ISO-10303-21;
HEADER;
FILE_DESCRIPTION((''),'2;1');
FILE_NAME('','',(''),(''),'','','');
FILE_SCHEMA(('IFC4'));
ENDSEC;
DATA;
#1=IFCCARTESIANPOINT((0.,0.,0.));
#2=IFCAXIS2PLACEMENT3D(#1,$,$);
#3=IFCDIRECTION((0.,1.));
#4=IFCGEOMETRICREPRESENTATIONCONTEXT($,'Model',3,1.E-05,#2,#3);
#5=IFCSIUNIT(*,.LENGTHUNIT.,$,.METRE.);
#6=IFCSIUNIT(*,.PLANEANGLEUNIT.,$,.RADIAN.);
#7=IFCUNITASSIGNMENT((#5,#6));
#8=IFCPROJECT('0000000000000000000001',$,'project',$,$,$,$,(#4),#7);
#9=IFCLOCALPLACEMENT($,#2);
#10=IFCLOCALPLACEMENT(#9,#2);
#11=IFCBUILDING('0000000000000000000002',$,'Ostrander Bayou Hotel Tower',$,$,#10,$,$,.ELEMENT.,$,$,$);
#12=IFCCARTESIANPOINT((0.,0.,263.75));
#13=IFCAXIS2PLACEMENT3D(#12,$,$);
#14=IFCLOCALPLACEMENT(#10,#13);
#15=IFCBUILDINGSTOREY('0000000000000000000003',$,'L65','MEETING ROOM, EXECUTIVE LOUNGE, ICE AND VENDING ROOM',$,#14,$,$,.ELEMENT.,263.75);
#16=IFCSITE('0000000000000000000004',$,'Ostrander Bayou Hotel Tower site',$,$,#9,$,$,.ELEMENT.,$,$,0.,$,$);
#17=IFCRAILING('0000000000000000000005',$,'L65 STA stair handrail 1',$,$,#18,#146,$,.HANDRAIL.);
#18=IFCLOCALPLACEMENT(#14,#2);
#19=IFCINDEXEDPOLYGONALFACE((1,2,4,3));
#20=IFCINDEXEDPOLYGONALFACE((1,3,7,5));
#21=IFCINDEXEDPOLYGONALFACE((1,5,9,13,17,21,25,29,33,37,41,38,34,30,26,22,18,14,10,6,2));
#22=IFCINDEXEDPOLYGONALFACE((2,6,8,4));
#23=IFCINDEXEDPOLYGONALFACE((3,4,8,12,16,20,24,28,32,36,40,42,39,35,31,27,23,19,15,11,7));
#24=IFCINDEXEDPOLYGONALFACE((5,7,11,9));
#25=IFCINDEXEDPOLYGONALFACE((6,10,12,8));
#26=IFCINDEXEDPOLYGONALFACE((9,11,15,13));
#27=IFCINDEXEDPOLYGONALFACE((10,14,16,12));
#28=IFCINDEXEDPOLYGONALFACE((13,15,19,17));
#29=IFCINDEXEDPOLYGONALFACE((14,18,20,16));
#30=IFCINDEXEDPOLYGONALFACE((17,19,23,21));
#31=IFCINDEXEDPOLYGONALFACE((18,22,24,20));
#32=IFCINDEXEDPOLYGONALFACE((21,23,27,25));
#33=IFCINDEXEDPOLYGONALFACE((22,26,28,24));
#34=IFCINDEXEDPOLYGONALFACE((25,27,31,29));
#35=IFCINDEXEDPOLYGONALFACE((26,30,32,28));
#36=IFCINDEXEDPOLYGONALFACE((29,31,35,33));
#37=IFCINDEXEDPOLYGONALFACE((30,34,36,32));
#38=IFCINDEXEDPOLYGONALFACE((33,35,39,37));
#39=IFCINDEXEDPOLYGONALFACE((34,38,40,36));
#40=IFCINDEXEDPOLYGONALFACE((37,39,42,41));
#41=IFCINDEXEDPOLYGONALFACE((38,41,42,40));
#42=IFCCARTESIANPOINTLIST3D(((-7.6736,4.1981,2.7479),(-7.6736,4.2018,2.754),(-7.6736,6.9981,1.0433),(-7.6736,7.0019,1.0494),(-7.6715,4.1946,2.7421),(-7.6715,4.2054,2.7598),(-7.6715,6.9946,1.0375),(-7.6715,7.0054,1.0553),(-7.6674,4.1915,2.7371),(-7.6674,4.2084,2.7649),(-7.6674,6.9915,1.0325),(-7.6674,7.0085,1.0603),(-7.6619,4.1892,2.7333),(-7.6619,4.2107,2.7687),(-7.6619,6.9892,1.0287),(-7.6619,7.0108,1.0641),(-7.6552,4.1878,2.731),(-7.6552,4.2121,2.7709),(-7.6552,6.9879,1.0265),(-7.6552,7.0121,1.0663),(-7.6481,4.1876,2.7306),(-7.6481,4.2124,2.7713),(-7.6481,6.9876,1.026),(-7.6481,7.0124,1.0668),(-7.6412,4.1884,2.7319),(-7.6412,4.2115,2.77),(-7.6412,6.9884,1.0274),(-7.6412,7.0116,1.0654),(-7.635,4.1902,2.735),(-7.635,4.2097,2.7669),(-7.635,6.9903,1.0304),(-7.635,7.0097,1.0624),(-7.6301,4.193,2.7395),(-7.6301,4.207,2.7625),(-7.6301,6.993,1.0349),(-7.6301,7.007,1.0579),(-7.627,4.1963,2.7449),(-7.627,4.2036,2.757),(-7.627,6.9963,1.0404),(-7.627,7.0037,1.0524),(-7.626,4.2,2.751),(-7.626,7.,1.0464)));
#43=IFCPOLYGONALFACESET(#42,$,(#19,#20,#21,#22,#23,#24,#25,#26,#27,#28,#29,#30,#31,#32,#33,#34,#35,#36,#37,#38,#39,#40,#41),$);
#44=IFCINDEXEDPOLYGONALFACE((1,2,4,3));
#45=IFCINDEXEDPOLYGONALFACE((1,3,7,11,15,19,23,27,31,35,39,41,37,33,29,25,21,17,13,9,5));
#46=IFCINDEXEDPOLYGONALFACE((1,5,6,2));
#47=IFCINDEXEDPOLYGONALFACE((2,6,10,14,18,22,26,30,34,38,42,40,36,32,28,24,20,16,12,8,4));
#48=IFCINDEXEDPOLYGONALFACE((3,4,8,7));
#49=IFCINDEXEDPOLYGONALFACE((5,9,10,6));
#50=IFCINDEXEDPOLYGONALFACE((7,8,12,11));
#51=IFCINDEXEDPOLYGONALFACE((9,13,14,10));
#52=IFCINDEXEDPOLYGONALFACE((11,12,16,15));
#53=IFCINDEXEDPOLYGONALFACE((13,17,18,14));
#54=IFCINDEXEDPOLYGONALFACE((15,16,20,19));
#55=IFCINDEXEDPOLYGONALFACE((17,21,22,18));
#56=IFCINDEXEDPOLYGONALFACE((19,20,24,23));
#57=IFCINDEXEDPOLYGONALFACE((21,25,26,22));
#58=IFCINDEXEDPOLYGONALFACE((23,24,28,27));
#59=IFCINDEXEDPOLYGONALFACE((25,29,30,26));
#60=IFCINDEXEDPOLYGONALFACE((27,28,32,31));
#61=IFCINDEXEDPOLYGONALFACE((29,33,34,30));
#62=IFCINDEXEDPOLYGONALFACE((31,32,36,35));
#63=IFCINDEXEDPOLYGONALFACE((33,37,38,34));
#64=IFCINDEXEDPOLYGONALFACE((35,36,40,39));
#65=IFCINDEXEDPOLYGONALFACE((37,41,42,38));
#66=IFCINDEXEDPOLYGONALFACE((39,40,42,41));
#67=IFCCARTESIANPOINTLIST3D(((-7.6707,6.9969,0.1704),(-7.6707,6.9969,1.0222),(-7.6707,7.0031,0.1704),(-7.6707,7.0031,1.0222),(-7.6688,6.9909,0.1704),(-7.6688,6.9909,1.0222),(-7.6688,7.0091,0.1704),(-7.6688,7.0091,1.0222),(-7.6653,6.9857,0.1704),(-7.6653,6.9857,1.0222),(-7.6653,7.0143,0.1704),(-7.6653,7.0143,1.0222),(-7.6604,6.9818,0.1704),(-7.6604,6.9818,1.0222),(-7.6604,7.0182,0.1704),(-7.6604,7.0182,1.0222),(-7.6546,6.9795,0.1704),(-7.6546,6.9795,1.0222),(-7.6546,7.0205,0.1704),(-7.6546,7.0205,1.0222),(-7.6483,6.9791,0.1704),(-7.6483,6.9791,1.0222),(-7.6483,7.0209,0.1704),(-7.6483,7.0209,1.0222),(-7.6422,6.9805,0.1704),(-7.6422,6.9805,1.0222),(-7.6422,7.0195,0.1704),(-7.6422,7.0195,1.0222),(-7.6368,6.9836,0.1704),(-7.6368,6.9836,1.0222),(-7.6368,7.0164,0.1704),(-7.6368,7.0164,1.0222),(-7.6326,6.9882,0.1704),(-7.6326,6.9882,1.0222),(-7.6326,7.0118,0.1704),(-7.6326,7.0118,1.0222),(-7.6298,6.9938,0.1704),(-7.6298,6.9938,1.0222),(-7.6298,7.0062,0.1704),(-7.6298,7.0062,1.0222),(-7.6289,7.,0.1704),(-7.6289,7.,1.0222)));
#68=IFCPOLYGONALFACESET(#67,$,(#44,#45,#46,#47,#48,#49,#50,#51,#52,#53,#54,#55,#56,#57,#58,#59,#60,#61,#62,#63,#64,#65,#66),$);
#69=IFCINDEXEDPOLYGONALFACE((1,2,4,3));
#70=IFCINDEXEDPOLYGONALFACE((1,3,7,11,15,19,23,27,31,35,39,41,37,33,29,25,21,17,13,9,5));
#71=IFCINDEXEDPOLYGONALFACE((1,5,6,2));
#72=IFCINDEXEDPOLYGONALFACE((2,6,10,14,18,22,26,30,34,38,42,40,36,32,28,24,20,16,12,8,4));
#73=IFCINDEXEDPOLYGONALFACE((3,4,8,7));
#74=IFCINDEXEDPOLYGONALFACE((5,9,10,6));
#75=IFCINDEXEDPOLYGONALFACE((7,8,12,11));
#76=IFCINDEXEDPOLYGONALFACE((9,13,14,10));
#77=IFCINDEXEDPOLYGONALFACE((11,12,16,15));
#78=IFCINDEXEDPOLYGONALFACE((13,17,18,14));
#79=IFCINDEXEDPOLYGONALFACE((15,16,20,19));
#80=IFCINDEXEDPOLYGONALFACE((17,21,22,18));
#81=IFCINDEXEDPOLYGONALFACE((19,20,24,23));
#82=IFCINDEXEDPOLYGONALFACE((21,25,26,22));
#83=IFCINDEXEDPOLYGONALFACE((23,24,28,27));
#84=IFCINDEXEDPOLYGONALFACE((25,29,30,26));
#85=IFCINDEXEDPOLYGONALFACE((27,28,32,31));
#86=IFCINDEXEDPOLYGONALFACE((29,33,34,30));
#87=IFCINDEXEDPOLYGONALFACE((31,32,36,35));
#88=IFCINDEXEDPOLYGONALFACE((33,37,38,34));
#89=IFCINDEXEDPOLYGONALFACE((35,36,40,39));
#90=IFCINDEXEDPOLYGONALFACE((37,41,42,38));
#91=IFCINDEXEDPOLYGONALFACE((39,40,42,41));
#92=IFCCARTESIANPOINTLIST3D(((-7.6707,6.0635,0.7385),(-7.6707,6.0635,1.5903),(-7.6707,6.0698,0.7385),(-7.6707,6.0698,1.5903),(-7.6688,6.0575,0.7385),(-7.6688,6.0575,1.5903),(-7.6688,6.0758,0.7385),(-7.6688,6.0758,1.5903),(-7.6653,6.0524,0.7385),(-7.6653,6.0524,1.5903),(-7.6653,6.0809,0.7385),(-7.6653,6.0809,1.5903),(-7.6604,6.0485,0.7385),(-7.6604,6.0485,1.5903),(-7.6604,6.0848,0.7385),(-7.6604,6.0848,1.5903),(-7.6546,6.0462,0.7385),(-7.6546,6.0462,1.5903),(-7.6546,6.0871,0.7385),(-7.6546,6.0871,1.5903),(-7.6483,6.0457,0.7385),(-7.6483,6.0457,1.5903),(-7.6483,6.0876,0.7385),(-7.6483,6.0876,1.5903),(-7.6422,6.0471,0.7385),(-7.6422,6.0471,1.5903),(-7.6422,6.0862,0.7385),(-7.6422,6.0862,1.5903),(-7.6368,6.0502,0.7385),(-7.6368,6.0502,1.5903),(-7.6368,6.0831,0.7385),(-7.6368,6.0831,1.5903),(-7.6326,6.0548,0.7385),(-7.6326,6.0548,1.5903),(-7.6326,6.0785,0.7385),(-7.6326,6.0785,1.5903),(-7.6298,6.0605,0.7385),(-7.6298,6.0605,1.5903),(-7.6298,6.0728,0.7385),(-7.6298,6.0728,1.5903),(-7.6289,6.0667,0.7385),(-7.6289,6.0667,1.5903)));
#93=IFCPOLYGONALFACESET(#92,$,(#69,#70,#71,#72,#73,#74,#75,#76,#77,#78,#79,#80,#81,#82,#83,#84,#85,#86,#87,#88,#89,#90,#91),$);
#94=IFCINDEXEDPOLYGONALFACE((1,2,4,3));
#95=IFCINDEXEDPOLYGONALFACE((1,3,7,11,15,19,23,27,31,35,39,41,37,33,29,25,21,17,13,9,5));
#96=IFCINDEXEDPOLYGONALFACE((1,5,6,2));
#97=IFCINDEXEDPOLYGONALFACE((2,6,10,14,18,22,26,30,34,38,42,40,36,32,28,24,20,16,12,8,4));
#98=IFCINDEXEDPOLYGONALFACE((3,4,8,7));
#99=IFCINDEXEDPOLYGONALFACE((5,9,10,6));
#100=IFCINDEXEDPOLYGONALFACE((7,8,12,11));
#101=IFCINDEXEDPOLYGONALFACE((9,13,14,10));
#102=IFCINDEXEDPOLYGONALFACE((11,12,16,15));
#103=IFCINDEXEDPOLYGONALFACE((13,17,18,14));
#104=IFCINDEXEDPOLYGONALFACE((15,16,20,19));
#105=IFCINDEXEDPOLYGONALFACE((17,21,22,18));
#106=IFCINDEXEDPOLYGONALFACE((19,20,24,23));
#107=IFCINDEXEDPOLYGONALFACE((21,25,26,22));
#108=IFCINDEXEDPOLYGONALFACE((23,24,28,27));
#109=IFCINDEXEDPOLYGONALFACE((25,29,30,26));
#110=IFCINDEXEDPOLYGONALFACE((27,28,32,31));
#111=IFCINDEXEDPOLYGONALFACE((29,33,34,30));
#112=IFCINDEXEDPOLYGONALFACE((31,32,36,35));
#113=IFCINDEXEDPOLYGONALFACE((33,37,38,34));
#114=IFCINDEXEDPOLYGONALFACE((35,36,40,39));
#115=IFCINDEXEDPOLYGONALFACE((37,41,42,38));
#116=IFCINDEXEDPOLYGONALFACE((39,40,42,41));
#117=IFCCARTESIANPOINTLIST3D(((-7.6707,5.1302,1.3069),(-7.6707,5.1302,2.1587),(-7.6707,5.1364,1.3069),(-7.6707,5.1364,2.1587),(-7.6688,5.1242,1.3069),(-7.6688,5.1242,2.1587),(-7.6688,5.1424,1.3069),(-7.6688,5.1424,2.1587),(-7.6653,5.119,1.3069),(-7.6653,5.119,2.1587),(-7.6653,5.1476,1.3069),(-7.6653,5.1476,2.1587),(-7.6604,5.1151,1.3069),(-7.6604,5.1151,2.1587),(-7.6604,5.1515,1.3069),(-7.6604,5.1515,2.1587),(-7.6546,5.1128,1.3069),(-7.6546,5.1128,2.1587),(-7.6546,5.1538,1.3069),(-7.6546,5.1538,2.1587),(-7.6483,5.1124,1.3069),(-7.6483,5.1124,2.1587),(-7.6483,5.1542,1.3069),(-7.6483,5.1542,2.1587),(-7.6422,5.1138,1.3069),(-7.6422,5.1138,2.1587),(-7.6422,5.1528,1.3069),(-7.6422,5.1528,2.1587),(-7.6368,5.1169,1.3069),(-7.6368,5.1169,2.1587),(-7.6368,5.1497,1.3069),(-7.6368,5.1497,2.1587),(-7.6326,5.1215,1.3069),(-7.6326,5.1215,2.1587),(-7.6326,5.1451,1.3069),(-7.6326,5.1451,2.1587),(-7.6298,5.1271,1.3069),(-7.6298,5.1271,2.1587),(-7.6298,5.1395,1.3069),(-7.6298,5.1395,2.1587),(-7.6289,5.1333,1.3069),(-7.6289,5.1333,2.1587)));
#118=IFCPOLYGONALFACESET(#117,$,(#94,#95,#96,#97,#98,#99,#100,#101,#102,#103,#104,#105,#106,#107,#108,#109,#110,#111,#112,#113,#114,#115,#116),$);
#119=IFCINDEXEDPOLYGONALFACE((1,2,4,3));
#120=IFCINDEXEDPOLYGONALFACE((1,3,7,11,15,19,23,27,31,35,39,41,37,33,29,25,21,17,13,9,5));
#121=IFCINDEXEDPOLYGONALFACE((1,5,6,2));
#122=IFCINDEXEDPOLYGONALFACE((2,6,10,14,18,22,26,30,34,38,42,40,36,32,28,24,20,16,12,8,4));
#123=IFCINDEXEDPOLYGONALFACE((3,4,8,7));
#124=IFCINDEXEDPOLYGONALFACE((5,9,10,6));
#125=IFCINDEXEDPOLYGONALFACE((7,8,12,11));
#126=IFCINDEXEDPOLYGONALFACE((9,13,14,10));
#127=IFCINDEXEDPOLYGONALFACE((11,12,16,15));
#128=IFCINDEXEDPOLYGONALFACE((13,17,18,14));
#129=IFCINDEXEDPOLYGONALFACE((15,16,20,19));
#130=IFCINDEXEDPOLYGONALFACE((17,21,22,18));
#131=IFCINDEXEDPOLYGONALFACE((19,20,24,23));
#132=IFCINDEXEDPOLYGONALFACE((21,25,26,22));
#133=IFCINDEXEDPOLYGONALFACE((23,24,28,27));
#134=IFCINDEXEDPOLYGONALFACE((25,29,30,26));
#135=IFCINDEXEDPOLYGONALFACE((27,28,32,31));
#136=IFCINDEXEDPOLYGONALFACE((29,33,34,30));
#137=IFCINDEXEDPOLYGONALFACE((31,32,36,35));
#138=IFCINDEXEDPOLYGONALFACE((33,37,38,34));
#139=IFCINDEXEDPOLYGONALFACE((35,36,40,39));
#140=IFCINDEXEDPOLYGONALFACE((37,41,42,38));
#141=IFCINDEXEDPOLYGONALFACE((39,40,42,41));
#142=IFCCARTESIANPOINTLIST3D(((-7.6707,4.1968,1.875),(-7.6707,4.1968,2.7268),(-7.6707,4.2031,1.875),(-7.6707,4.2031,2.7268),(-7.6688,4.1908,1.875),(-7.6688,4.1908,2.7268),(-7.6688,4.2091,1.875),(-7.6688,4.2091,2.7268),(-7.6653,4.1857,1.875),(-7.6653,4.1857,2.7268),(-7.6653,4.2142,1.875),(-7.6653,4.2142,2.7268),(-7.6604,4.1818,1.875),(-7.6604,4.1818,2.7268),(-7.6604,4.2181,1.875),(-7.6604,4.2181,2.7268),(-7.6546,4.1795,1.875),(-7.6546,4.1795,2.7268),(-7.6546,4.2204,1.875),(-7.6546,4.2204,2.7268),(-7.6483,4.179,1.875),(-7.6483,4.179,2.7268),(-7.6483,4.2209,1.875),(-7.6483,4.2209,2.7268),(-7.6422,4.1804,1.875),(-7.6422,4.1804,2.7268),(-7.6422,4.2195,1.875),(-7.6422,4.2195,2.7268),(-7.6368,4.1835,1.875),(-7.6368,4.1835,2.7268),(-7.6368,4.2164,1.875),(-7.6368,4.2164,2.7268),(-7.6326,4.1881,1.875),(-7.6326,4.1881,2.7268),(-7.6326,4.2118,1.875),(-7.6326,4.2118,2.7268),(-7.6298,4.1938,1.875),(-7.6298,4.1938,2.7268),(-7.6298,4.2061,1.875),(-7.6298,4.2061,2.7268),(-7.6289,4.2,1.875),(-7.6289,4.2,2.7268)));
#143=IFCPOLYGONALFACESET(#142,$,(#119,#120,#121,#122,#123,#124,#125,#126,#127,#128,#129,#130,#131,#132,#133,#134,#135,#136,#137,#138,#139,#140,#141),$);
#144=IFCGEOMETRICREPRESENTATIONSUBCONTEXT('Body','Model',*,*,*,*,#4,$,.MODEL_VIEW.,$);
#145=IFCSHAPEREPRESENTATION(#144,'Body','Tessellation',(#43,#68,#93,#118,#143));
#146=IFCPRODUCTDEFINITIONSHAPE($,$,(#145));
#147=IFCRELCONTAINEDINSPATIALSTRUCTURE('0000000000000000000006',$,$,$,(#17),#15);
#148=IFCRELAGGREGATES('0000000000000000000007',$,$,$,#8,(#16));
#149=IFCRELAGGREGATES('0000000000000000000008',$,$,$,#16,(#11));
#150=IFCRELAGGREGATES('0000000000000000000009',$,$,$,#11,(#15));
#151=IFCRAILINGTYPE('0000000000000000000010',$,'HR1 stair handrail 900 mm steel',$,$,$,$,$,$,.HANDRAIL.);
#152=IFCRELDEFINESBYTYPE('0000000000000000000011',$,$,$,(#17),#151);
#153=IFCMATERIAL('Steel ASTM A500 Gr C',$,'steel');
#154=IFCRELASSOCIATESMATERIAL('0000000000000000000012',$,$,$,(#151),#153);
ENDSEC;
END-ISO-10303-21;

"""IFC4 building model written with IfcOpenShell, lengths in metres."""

from ifc_helpers import new_model, si_unit, direction, frame, origin, origin_2d, place, context, subcontext, project, spatial, circle, extrude, material, type_object, element, save


model = new_model("IFC4")

# Units and contexts
model_context = context("Model", 3, precision=1e-05, world=origin(), true_north=direction((0.0, 1.0)))
body_context = subcontext(model_context, "Body", "Model", "MODEL_VIEW")
ifc_project = project(units=[si_unit("LENGTHUNIT", "METRE"), si_unit("PLANEANGLEUNIT", "RADIAN")], contexts=[model_context])

# Site, building, storey
site_placement = place(None, origin())
site = spatial("IfcSite", under=ifc_project, at=site_placement, Name="Ostrander Bayou Hotel Tower site", CompositionType="ELEMENT", RefElevation=0.0)
building_placement = place(site_placement, origin())
building = spatial("IfcBuilding", under=site, at=building_placement, Name="Ostrander Bayou Hotel Tower", CompositionType="ELEMENT")
storey_placement = place(building_placement, frame((0.0, 0.0, 263.75)))
storey = spatial("IfcBuildingStorey", under=building, at=storey_placement, Name="L65", Description="MEETING ROOM, EXECUTIVE LOUNGE, ICE AND VENDING ROOM", CompositionType="ELEMENT", Elevation=263.75)

# Railing
ifc_material_1 = material(Name="Steel ASTM A500 Gr C", Category="steel")
railing_type_1 = type_object("IfcRailingType", Name="HR1 stair handrail 900 mm steel", PredefinedType="HANDRAIL", material=ifc_material_1)
railing_1_placement = place(storey_placement, frame((-7.6499, 7.0, 0.1704)))
element("IfcRailing", 1, at=railing_1_placement, inside=storey, type_object=railing_type_1, Name="L65 STA stair handrail 1", PredefinedType="HANDRAIL", context=body_context, shape_type="SweptSolid", body=[
    extrude(circle(Radius=0.0239, at=origin_2d()), frame((0.0, 0.0, 0.876), z_axis=(0.0, -0.85417, 0.519994), x_axis=(1.0, 0.0, 0.0)), (0.0, 0.0, 1.0), 3.2781),
    extrude(circle(Radius=0.021, at=origin_2d()), origin(), (0.0, 0.0, 1.0), 0.8518),
    extrude(circle(Radius=0.021, at=origin_2d()), frame((0.0, -0.9333, 0.5681)), (0.0, 0.0, 1.0), 0.8518),
    extrude(circle(Radius=0.021, at=origin_2d()), frame((0.0, -1.8667, 1.1365)), (0.0, 0.0, 1.0), 0.8518),
    extrude(circle(Radius=0.021, at=origin_2d()), frame((0.0, -2.8, 1.7046)), (0.0, 0.0, 1.0), 0.8518),
])

save(model, "model.ifc")
